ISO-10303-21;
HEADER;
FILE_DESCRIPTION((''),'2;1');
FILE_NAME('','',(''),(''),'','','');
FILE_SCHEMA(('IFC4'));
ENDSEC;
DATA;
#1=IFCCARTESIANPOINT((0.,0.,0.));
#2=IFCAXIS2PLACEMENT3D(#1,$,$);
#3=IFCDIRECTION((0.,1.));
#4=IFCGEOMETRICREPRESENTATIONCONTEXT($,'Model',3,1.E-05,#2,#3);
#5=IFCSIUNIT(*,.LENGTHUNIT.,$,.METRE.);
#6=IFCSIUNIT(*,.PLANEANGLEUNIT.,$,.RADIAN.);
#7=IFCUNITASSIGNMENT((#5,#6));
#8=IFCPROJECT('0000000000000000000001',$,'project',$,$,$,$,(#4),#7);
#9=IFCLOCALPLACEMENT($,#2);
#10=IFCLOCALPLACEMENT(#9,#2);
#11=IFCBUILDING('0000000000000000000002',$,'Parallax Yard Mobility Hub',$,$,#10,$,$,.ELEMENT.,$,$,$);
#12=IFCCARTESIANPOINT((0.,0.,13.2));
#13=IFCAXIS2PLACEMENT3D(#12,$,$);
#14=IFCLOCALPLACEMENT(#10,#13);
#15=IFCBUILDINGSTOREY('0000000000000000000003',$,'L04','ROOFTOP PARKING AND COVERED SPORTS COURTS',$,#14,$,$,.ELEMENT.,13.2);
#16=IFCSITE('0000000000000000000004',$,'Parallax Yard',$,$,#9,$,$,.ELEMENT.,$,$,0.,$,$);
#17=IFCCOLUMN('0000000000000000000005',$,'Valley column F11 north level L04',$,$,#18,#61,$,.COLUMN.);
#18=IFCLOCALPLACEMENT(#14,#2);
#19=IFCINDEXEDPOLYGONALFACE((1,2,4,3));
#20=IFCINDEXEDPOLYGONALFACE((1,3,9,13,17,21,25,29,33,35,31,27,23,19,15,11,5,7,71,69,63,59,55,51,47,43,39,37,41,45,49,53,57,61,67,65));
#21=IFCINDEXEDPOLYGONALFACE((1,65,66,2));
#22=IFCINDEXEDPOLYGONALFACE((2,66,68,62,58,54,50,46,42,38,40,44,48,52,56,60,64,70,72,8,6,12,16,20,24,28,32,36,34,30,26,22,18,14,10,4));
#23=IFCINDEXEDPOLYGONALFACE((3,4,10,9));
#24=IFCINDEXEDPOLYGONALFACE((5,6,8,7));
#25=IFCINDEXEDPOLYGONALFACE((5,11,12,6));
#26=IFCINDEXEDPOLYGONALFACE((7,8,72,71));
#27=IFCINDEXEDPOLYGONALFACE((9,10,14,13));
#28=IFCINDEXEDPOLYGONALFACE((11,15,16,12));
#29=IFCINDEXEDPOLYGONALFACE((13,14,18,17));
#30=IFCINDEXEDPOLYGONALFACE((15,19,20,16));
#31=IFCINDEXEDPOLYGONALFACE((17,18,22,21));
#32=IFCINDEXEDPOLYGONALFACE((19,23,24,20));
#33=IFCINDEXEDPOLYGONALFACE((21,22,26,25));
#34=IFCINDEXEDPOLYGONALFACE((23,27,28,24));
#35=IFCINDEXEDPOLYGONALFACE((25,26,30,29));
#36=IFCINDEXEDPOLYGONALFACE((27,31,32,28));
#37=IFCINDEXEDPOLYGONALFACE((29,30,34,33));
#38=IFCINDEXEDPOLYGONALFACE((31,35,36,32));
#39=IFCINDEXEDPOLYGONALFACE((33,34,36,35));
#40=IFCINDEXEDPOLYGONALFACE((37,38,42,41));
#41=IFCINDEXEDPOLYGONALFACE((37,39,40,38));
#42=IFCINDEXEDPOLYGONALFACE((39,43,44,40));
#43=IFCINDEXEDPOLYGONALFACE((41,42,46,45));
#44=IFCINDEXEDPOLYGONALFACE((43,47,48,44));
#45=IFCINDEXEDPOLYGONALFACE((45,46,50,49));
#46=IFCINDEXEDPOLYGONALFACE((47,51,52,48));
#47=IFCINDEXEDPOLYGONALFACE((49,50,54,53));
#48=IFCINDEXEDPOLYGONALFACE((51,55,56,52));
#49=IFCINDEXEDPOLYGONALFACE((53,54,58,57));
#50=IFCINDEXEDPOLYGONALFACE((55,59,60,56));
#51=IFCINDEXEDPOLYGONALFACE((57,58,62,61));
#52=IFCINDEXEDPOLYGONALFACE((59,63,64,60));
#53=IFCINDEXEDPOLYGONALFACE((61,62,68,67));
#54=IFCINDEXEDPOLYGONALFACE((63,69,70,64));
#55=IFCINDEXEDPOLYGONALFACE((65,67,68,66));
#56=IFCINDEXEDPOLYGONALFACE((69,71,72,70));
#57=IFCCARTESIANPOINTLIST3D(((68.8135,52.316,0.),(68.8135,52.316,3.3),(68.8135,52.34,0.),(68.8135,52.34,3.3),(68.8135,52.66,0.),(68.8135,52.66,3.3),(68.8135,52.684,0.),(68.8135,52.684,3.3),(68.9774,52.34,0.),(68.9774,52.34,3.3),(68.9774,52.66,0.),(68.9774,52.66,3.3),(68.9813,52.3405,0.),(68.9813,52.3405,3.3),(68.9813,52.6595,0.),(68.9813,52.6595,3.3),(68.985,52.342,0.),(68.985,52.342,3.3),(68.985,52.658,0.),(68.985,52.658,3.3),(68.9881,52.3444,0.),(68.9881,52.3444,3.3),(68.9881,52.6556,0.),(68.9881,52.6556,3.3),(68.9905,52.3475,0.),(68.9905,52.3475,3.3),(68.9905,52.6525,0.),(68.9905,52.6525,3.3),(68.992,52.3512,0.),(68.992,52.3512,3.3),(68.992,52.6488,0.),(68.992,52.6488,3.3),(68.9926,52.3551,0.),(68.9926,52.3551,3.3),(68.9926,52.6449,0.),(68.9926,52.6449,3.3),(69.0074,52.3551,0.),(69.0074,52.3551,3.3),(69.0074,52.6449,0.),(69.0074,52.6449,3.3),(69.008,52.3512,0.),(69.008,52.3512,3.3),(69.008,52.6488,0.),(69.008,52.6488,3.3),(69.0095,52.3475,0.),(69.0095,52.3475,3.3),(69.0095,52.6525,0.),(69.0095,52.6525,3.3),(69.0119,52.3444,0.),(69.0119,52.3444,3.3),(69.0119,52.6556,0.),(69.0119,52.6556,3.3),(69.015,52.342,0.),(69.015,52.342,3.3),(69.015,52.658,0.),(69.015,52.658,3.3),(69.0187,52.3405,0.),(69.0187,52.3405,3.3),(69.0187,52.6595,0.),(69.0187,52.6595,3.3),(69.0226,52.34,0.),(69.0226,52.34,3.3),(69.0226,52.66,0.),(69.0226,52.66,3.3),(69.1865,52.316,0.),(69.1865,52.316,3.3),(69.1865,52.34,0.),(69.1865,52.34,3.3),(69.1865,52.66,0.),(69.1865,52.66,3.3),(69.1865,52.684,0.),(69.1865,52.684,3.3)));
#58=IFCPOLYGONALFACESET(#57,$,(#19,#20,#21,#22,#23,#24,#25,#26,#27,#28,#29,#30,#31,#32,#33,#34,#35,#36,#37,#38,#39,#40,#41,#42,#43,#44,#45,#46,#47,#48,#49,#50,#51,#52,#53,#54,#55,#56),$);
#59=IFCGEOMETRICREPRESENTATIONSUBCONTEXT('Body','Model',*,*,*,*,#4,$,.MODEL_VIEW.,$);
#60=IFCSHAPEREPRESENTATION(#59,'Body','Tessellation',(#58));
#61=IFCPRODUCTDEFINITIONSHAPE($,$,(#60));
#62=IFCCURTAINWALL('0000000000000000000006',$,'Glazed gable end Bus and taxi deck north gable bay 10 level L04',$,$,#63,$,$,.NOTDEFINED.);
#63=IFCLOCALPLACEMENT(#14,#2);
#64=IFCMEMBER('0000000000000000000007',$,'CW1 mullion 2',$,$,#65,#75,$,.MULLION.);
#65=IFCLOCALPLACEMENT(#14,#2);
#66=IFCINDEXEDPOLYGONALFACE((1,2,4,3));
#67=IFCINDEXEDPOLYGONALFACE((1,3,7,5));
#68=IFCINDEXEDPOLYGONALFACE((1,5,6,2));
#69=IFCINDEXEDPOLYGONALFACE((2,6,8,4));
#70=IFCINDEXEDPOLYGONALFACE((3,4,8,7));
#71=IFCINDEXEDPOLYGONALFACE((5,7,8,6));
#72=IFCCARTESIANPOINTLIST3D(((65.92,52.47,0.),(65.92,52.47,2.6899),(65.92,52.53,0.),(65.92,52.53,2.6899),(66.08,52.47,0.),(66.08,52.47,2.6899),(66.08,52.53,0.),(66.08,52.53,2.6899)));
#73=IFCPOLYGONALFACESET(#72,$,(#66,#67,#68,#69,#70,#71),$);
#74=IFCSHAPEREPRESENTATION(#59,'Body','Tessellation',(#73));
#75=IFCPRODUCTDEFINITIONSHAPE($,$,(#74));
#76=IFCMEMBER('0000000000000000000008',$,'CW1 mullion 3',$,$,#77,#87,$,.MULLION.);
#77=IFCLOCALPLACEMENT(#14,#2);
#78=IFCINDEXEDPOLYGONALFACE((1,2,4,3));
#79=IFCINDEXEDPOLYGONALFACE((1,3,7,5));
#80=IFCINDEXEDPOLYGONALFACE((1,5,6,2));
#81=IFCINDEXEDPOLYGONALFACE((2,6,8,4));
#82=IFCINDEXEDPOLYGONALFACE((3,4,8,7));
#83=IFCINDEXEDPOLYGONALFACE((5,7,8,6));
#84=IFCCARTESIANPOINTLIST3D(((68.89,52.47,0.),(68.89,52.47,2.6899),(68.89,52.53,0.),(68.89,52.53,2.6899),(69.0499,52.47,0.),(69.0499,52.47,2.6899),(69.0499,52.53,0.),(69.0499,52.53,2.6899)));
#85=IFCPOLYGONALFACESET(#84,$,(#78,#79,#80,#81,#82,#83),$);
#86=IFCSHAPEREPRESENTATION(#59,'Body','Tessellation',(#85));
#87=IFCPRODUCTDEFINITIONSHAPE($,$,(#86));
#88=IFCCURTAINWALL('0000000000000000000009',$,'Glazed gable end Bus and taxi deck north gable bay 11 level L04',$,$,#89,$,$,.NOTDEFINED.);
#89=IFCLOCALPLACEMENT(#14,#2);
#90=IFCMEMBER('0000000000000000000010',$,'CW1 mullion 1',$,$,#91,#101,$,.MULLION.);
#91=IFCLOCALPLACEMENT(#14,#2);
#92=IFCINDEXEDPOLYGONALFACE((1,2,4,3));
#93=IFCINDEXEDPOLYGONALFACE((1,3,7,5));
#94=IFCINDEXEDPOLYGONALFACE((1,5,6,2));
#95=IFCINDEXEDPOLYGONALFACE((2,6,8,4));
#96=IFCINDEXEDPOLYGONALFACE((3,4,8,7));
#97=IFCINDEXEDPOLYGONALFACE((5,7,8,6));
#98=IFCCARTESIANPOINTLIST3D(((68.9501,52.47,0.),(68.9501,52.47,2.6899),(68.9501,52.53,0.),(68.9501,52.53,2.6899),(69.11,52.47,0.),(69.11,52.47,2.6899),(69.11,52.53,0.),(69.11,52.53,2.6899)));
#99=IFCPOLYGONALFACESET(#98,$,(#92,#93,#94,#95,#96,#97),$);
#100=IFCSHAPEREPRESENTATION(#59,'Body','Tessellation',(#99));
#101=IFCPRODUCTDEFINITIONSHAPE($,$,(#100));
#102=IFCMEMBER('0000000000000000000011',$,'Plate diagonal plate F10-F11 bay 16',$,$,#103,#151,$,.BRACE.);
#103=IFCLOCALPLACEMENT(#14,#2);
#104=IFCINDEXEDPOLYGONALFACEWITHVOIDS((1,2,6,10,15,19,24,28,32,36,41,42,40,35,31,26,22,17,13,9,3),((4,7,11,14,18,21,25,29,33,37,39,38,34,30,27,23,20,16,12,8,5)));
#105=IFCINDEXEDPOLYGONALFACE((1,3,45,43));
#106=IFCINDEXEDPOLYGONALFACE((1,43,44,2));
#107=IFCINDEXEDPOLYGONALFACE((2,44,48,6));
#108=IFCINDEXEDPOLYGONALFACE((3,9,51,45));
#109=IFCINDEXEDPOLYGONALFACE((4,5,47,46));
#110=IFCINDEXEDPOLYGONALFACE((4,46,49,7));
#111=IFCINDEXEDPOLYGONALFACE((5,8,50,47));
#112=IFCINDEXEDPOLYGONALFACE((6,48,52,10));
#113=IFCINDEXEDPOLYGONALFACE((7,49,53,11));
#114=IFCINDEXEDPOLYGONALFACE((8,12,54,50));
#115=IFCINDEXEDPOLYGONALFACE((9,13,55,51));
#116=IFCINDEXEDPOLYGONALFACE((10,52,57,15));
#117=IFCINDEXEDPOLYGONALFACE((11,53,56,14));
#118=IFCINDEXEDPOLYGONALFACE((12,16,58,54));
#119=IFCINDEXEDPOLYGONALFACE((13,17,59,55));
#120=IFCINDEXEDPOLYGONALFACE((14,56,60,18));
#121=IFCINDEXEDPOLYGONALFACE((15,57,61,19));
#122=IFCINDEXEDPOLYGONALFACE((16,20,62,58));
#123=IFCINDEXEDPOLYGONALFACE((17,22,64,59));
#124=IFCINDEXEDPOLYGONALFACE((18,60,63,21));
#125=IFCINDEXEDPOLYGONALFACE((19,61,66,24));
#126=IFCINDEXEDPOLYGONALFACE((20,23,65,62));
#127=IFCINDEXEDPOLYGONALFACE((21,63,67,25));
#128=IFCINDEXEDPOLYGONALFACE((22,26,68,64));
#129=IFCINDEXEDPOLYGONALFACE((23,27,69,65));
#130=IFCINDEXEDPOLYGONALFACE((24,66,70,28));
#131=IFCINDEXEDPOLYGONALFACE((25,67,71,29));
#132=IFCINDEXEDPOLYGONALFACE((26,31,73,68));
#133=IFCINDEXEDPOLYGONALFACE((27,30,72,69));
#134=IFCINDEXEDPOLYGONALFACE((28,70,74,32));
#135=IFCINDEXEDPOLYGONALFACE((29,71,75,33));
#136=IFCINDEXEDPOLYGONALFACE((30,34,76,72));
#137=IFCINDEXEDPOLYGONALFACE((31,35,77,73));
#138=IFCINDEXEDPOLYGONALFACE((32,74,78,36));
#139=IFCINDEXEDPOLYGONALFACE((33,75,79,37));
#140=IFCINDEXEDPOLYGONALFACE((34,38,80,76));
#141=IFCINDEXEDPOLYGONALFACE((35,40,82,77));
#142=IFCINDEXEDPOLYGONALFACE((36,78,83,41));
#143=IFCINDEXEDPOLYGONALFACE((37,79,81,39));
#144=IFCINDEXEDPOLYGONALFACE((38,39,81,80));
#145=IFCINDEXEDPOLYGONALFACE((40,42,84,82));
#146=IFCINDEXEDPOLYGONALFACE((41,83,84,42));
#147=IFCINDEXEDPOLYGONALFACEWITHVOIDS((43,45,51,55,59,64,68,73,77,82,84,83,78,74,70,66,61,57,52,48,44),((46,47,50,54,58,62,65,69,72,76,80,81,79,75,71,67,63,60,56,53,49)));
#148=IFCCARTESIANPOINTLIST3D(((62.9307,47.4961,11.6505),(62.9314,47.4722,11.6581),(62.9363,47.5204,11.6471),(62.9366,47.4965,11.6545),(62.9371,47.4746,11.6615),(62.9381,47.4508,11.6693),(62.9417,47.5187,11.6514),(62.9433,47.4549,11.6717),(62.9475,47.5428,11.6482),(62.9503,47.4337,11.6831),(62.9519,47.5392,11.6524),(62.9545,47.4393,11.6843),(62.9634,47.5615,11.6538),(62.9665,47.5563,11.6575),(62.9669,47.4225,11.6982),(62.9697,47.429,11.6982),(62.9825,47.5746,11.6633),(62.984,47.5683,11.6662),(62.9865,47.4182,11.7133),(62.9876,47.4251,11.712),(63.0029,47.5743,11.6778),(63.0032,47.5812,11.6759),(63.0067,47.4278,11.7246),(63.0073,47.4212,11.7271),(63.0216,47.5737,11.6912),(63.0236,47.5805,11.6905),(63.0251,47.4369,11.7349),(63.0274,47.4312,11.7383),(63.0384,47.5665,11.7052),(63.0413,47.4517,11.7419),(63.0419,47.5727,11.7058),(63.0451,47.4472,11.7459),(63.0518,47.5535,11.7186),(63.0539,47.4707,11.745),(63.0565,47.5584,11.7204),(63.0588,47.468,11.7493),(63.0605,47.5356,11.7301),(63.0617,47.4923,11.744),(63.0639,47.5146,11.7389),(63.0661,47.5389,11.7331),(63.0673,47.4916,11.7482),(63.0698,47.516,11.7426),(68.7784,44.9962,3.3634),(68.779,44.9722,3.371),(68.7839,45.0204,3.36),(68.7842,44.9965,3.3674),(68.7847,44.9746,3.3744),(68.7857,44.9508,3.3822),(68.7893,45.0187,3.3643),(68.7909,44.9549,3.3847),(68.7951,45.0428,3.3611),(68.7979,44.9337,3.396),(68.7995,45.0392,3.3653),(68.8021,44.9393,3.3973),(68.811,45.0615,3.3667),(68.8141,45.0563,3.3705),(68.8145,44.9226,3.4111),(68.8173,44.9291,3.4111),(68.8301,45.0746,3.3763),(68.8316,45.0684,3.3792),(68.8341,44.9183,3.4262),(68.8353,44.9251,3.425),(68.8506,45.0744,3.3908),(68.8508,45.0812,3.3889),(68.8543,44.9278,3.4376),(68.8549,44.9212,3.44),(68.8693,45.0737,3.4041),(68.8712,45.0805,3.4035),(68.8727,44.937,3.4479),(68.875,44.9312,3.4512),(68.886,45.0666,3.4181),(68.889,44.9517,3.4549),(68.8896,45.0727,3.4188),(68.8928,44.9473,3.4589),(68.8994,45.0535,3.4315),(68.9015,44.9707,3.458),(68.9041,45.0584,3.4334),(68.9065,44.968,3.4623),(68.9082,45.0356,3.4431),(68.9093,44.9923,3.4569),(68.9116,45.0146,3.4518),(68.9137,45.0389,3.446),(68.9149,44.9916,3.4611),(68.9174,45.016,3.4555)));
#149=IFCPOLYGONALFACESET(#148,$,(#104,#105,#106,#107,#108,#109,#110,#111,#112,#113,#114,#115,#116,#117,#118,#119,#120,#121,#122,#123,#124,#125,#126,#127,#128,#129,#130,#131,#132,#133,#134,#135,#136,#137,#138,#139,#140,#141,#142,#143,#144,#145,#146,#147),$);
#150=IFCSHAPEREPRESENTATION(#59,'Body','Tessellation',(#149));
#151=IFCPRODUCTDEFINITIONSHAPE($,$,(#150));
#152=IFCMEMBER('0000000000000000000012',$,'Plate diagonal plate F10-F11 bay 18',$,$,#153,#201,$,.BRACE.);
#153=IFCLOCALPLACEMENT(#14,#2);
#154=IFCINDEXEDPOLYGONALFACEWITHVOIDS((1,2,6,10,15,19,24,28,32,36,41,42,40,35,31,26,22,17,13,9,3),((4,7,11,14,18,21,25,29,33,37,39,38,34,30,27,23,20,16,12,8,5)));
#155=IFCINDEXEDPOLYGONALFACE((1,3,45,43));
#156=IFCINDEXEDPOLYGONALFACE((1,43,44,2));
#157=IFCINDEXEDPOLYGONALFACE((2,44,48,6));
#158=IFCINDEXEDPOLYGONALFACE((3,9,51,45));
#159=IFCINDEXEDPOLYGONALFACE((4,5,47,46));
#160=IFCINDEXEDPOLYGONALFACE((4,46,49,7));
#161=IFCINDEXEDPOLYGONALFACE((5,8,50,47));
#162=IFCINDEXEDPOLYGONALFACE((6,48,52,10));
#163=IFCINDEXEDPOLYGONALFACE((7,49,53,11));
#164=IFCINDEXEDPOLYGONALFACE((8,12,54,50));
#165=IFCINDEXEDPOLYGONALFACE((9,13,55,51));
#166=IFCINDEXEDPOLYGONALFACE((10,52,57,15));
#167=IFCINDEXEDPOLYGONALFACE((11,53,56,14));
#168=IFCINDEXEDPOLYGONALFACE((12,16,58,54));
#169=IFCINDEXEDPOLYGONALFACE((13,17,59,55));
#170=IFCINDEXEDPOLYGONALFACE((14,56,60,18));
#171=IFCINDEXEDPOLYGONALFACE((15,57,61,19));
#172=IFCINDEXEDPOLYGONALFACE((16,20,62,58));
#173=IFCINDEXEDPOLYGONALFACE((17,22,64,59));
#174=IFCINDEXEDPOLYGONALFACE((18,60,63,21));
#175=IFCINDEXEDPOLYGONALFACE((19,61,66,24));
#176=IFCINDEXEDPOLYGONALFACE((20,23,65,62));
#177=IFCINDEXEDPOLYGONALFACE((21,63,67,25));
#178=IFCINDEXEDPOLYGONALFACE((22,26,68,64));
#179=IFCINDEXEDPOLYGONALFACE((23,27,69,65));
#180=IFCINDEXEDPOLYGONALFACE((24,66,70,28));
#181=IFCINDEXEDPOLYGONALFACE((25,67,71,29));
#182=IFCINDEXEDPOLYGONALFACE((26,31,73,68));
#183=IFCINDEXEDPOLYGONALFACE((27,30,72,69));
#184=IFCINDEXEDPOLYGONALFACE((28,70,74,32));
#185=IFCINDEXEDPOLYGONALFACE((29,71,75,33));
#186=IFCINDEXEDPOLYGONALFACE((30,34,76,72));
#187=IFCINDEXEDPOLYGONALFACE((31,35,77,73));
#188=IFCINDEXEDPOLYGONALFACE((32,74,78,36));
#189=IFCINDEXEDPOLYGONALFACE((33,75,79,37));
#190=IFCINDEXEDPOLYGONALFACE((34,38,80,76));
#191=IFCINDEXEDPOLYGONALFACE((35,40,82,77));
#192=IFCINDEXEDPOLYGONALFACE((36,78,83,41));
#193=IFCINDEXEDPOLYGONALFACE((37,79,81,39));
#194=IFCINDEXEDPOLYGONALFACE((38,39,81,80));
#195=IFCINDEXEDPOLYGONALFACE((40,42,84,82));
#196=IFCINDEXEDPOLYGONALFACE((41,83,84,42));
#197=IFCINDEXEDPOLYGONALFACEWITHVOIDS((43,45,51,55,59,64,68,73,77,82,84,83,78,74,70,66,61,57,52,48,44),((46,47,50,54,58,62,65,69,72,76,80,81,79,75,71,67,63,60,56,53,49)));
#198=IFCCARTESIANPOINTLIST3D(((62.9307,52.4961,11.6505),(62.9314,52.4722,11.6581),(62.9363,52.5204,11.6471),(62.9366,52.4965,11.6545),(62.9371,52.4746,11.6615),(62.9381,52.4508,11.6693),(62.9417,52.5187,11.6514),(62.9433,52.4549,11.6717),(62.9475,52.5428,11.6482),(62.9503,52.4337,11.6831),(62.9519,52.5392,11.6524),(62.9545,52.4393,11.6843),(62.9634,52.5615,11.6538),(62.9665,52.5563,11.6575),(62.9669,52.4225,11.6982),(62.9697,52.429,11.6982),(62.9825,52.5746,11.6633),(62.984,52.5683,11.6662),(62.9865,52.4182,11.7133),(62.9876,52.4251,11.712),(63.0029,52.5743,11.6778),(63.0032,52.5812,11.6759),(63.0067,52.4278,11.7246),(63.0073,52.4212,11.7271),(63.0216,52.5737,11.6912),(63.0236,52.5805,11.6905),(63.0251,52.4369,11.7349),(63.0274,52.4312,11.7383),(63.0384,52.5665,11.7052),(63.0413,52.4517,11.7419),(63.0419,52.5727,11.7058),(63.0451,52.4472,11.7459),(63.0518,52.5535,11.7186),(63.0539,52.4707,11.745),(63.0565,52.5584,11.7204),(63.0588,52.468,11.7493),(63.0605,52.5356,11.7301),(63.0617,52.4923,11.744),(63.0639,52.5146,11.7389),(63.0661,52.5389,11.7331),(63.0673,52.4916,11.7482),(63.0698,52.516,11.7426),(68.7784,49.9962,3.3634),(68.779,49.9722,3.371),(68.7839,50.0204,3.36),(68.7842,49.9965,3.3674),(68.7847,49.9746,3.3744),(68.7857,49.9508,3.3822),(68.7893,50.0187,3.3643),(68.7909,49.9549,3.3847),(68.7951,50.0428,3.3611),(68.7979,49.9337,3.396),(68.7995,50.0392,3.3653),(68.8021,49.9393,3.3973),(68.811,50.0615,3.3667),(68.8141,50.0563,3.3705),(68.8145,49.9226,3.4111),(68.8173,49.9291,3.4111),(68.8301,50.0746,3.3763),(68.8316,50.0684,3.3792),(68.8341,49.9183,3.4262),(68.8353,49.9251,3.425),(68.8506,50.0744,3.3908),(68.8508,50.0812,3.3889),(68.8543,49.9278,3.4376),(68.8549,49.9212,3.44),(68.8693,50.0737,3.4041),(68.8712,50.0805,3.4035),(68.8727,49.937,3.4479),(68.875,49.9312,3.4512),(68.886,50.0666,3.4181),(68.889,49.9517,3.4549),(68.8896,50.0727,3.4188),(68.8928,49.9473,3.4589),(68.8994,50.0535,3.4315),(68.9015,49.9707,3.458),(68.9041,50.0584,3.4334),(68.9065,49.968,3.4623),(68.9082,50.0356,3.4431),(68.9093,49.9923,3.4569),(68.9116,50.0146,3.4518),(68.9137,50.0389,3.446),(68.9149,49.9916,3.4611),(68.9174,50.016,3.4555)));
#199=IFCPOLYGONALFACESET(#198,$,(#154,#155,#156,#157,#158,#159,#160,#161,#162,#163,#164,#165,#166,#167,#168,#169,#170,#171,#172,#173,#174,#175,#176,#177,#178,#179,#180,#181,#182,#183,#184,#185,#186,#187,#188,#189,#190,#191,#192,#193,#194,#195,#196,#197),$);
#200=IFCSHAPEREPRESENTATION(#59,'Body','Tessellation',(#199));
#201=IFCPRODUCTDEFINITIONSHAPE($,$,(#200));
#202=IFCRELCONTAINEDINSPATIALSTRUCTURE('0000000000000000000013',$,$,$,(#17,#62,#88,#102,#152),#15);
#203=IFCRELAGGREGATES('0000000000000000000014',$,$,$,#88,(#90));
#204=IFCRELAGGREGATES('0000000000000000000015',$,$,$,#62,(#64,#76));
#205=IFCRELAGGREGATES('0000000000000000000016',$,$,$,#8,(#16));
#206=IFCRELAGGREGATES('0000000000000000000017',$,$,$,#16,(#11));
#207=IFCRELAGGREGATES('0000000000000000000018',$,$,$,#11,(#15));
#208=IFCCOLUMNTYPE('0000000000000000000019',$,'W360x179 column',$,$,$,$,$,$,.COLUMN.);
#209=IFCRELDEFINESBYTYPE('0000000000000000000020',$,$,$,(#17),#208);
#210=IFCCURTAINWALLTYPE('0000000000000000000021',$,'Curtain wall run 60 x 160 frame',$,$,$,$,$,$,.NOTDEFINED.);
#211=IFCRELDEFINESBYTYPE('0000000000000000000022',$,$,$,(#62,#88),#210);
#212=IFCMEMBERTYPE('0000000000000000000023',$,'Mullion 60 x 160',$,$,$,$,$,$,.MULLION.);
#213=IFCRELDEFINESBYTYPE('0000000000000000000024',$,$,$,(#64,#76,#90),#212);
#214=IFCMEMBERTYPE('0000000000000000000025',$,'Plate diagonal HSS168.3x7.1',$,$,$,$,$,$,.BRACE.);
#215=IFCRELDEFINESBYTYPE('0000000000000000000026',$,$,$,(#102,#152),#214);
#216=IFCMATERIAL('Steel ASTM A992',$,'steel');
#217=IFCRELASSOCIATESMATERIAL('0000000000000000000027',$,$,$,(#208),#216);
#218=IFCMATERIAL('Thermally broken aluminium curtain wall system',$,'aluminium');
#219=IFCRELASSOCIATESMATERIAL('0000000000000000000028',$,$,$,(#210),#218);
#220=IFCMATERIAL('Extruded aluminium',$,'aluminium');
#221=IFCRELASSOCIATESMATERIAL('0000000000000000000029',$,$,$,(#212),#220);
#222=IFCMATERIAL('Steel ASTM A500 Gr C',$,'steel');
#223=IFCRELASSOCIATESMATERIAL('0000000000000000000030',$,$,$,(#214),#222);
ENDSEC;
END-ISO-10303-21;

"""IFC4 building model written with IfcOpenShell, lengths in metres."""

from ifc_helpers import new_model, si_unit, direction, frame, origin, origin_2d, place, context, subcontext, project, spatial, rectangle, hollow_circle, i_section, extrude, material, material_profile, profile_set, type_object, element, aggregate, save


model = new_model("IFC4")

# Units and contexts
model_context = context("Model", 3, precision=1e-05, world=origin(), true_north=direction((0.0, 1.0)))
body_context = subcontext(model_context, "Body", "Model", "MODEL_VIEW")
ifc_project = project(units=[si_unit("LENGTHUNIT", "METRE"), si_unit("PLANEANGLEUNIT", "RADIAN")], contexts=[model_context])

# Site, building, storey
site_placement = place(None, origin())
site = spatial("IfcSite", under=ifc_project, at=site_placement, Name="Parallax Yard", CompositionType="ELEMENT", RefElevation=0.0)
building_placement = place(site_placement, origin())
building = spatial("IfcBuilding", under=site, at=building_placement, Name="Parallax Yard Mobility Hub", CompositionType="ELEMENT")
storey_placement = place(building_placement, frame((0.0, 0.0, 13.2)))
storey = spatial("IfcBuildingStorey", under=building, at=storey_placement, Name="L04", Description="ROOFTOP PARKING AND COVERED SPORTS COURTS", CompositionType="ELEMENT", Elevation=13.2)

# Column
ifc_material_1 = material(Name="Steel ASTM A992", Category="steel")
ifc_material_profile_1 = material_profile(ifc_material_1, i_section(OverallWidth=0.373, OverallDepth=0.3679, WebThickness=0.0149, FlangeThickness=0.0239, FilletRadius=0.0151, at=origin_2d()), Name="W360x179")
ifc_profile_set_1 = profile_set([ifc_material_profile_1], Name="Steel ASTM A992")
column_type = type_object("IfcColumnType", Name="W360x179 column", PredefinedType="COLUMN", material=ifc_profile_set_1)
column_placement = place(storey_placement, frame((69.0, 52.5, 0.0), z_axis=(0.0, 0.0, 1.0), x_axis=(1.0, 0.0, 0.0)))
element("IfcColumn", 1, at=column_placement, inside=storey, type_object=column_type, Name="Valley column F11 north level L04", PredefinedType="COLUMN", context=body_context, shape_type="SweptSolid", body=[
    extrude(i_section(OverallWidth=0.373, OverallDepth=0.3679, WebThickness=0.0149, FlangeThickness=0.0239, FilletRadius=0.0151, at=origin_2d()), origin(), (0.0, 0.0, 1.0), 3.3),
])

# Curtain wall, members
ifc_material_2 = material(Name="Thermally broken aluminium curtain wall system", Category="aluminium")
curtain_wall_type = type_object("IfcCurtainWallType", Name="Curtain wall run 60 x 160 frame", PredefinedType="NOTDEFINED", material=ifc_material_2)
curtain_wall_1_placement = place(storey_placement, origin())
curtain_wall_1 = element("IfcCurtainWall", 2, at=curtain_wall_1_placement, inside=storey, type_object=curtain_wall_type, Name="Glazed gable end Bus and taxi deck north gable bay 10 level L04", PredefinedType="NOTDEFINED")
ifc_material_3 = material(Name="Extruded aluminium", Category="aluminium")
ifc_material_profile_2 = material_profile(ifc_material_3, rectangle(XDim=0.0601, YDim=0.1599, at=origin_2d()), Name="Mullion 60 x 160")
ifc_profile_set_2 = profile_set([ifc_material_profile_2], Name="Extruded aluminium")
member_type_1 = type_object("IfcMemberType", Name="Mullion 60 x 160", PredefinedType="MULLION", material=ifc_profile_set_2)
member_1_placement = place(storey_placement, frame((66.0, 52.5, 0.0), z_axis=(0.0, 0.0, 1.0), x_axis=(0.0, 1.0, 0.0)))
member_1 = element("IfcMember", 3, at=member_1_placement, type_object=member_type_1, Name="CW1 mullion 2", PredefinedType="MULLION", context=body_context, shape_type="SweptSolid", body=[
    extrude(rectangle(XDim=0.0601, YDim=0.1599, at=origin_2d()), origin(), (0.0, 0.0, 1.0), 2.6899),
])
member_2_placement = place(storey_placement, frame((68.97, 52.5, 0.0), z_axis=(0.0, 0.0, 1.0), x_axis=(0.0, 1.0, 0.0)))
member_2 = element("IfcMember", 4, at=member_2_placement, type_object=member_type_1, Name="CW1 mullion 3", PredefinedType="MULLION", context=body_context, shape_type="SweptSolid", body=[
    extrude(rectangle(XDim=0.0601, YDim=0.1599, at=origin_2d()), origin(), (0.0, 0.0, 1.0), 2.6899),
])

# Curtain wall, member
curtain_wall_2_placement = place(storey_placement, origin())
curtain_wall_2 = element("IfcCurtainWall", 5, at=curtain_wall_2_placement, inside=storey, type_object=curtain_wall_type, Name="Glazed gable end Bus and taxi deck north gable bay 11 level L04", PredefinedType="NOTDEFINED")
member_3_placement = place(storey_placement, frame((69.03, 52.5, 0.0), z_axis=(0.0, 0.0, 1.0), x_axis=(0.0, 1.0, 0.0)))
member_3 = element("IfcMember", 6, at=member_3_placement, type_object=member_type_1, Name="CW1 mullion 1", PredefinedType="MULLION", context=body_context, shape_type="SweptSolid", body=[
    extrude(rectangle(XDim=0.0601, YDim=0.1599, at=origin_2d()), origin(), (0.0, 0.0, 1.0), 2.6899),
])
aggregate(curtain_wall_2, [member_3])

# Members
ifc_material_4 = material(Name="Steel ASTM A500 Gr C", Category="steel")
ifc_material_profile_3 = material_profile(ifc_material_4, hollow_circle(Radius=0.0842, WallThickness=0.0071, at=origin_2d()), Name="HSS168.3x7.1")
ifc_profile_set_3 = profile_set([ifc_material_profile_3], Name="Steel ASTM A500 Gr C")
member_type_2 = type_object("IfcMemberType", Name="Plate diagonal HSS168.3x7.1", PredefinedType="BRACE", material=ifc_profile_set_3)
for number, where, z_axis, x_axis, name in (
    (7, (68.8477, 45.0, 3.4111), (-0.559793, 0.239323, 0.79332), (-0.393104, -0.919494, 0.0), "Plate diagonal plate F10-F11 bay 16"),
    (8, (68.8477, 50.0, 3.4111), (-0.559793, 0.239323, 0.79332), (-0.393104, -0.919494, 0.0), "Plate diagonal plate F10-F11 bay 18"),
):
    element("IfcMember", number, at=place(storey_placement, frame(where, z_axis=z_axis, x_axis=x_axis)), inside=storey, type_object=member_type_2, Name=name, PredefinedType="BRACE", context=body_context, shape_type="SweptSolid", body=[
        extrude(hollow_circle(Radius=0.0842, WallThickness=0.0071, at=origin_2d()), origin(), (0.0, 0.0, 1.0), 10.446),
    ])

aggregate(curtain_wall_1, [member_1, member_2])

save(model, "model.ifc")
